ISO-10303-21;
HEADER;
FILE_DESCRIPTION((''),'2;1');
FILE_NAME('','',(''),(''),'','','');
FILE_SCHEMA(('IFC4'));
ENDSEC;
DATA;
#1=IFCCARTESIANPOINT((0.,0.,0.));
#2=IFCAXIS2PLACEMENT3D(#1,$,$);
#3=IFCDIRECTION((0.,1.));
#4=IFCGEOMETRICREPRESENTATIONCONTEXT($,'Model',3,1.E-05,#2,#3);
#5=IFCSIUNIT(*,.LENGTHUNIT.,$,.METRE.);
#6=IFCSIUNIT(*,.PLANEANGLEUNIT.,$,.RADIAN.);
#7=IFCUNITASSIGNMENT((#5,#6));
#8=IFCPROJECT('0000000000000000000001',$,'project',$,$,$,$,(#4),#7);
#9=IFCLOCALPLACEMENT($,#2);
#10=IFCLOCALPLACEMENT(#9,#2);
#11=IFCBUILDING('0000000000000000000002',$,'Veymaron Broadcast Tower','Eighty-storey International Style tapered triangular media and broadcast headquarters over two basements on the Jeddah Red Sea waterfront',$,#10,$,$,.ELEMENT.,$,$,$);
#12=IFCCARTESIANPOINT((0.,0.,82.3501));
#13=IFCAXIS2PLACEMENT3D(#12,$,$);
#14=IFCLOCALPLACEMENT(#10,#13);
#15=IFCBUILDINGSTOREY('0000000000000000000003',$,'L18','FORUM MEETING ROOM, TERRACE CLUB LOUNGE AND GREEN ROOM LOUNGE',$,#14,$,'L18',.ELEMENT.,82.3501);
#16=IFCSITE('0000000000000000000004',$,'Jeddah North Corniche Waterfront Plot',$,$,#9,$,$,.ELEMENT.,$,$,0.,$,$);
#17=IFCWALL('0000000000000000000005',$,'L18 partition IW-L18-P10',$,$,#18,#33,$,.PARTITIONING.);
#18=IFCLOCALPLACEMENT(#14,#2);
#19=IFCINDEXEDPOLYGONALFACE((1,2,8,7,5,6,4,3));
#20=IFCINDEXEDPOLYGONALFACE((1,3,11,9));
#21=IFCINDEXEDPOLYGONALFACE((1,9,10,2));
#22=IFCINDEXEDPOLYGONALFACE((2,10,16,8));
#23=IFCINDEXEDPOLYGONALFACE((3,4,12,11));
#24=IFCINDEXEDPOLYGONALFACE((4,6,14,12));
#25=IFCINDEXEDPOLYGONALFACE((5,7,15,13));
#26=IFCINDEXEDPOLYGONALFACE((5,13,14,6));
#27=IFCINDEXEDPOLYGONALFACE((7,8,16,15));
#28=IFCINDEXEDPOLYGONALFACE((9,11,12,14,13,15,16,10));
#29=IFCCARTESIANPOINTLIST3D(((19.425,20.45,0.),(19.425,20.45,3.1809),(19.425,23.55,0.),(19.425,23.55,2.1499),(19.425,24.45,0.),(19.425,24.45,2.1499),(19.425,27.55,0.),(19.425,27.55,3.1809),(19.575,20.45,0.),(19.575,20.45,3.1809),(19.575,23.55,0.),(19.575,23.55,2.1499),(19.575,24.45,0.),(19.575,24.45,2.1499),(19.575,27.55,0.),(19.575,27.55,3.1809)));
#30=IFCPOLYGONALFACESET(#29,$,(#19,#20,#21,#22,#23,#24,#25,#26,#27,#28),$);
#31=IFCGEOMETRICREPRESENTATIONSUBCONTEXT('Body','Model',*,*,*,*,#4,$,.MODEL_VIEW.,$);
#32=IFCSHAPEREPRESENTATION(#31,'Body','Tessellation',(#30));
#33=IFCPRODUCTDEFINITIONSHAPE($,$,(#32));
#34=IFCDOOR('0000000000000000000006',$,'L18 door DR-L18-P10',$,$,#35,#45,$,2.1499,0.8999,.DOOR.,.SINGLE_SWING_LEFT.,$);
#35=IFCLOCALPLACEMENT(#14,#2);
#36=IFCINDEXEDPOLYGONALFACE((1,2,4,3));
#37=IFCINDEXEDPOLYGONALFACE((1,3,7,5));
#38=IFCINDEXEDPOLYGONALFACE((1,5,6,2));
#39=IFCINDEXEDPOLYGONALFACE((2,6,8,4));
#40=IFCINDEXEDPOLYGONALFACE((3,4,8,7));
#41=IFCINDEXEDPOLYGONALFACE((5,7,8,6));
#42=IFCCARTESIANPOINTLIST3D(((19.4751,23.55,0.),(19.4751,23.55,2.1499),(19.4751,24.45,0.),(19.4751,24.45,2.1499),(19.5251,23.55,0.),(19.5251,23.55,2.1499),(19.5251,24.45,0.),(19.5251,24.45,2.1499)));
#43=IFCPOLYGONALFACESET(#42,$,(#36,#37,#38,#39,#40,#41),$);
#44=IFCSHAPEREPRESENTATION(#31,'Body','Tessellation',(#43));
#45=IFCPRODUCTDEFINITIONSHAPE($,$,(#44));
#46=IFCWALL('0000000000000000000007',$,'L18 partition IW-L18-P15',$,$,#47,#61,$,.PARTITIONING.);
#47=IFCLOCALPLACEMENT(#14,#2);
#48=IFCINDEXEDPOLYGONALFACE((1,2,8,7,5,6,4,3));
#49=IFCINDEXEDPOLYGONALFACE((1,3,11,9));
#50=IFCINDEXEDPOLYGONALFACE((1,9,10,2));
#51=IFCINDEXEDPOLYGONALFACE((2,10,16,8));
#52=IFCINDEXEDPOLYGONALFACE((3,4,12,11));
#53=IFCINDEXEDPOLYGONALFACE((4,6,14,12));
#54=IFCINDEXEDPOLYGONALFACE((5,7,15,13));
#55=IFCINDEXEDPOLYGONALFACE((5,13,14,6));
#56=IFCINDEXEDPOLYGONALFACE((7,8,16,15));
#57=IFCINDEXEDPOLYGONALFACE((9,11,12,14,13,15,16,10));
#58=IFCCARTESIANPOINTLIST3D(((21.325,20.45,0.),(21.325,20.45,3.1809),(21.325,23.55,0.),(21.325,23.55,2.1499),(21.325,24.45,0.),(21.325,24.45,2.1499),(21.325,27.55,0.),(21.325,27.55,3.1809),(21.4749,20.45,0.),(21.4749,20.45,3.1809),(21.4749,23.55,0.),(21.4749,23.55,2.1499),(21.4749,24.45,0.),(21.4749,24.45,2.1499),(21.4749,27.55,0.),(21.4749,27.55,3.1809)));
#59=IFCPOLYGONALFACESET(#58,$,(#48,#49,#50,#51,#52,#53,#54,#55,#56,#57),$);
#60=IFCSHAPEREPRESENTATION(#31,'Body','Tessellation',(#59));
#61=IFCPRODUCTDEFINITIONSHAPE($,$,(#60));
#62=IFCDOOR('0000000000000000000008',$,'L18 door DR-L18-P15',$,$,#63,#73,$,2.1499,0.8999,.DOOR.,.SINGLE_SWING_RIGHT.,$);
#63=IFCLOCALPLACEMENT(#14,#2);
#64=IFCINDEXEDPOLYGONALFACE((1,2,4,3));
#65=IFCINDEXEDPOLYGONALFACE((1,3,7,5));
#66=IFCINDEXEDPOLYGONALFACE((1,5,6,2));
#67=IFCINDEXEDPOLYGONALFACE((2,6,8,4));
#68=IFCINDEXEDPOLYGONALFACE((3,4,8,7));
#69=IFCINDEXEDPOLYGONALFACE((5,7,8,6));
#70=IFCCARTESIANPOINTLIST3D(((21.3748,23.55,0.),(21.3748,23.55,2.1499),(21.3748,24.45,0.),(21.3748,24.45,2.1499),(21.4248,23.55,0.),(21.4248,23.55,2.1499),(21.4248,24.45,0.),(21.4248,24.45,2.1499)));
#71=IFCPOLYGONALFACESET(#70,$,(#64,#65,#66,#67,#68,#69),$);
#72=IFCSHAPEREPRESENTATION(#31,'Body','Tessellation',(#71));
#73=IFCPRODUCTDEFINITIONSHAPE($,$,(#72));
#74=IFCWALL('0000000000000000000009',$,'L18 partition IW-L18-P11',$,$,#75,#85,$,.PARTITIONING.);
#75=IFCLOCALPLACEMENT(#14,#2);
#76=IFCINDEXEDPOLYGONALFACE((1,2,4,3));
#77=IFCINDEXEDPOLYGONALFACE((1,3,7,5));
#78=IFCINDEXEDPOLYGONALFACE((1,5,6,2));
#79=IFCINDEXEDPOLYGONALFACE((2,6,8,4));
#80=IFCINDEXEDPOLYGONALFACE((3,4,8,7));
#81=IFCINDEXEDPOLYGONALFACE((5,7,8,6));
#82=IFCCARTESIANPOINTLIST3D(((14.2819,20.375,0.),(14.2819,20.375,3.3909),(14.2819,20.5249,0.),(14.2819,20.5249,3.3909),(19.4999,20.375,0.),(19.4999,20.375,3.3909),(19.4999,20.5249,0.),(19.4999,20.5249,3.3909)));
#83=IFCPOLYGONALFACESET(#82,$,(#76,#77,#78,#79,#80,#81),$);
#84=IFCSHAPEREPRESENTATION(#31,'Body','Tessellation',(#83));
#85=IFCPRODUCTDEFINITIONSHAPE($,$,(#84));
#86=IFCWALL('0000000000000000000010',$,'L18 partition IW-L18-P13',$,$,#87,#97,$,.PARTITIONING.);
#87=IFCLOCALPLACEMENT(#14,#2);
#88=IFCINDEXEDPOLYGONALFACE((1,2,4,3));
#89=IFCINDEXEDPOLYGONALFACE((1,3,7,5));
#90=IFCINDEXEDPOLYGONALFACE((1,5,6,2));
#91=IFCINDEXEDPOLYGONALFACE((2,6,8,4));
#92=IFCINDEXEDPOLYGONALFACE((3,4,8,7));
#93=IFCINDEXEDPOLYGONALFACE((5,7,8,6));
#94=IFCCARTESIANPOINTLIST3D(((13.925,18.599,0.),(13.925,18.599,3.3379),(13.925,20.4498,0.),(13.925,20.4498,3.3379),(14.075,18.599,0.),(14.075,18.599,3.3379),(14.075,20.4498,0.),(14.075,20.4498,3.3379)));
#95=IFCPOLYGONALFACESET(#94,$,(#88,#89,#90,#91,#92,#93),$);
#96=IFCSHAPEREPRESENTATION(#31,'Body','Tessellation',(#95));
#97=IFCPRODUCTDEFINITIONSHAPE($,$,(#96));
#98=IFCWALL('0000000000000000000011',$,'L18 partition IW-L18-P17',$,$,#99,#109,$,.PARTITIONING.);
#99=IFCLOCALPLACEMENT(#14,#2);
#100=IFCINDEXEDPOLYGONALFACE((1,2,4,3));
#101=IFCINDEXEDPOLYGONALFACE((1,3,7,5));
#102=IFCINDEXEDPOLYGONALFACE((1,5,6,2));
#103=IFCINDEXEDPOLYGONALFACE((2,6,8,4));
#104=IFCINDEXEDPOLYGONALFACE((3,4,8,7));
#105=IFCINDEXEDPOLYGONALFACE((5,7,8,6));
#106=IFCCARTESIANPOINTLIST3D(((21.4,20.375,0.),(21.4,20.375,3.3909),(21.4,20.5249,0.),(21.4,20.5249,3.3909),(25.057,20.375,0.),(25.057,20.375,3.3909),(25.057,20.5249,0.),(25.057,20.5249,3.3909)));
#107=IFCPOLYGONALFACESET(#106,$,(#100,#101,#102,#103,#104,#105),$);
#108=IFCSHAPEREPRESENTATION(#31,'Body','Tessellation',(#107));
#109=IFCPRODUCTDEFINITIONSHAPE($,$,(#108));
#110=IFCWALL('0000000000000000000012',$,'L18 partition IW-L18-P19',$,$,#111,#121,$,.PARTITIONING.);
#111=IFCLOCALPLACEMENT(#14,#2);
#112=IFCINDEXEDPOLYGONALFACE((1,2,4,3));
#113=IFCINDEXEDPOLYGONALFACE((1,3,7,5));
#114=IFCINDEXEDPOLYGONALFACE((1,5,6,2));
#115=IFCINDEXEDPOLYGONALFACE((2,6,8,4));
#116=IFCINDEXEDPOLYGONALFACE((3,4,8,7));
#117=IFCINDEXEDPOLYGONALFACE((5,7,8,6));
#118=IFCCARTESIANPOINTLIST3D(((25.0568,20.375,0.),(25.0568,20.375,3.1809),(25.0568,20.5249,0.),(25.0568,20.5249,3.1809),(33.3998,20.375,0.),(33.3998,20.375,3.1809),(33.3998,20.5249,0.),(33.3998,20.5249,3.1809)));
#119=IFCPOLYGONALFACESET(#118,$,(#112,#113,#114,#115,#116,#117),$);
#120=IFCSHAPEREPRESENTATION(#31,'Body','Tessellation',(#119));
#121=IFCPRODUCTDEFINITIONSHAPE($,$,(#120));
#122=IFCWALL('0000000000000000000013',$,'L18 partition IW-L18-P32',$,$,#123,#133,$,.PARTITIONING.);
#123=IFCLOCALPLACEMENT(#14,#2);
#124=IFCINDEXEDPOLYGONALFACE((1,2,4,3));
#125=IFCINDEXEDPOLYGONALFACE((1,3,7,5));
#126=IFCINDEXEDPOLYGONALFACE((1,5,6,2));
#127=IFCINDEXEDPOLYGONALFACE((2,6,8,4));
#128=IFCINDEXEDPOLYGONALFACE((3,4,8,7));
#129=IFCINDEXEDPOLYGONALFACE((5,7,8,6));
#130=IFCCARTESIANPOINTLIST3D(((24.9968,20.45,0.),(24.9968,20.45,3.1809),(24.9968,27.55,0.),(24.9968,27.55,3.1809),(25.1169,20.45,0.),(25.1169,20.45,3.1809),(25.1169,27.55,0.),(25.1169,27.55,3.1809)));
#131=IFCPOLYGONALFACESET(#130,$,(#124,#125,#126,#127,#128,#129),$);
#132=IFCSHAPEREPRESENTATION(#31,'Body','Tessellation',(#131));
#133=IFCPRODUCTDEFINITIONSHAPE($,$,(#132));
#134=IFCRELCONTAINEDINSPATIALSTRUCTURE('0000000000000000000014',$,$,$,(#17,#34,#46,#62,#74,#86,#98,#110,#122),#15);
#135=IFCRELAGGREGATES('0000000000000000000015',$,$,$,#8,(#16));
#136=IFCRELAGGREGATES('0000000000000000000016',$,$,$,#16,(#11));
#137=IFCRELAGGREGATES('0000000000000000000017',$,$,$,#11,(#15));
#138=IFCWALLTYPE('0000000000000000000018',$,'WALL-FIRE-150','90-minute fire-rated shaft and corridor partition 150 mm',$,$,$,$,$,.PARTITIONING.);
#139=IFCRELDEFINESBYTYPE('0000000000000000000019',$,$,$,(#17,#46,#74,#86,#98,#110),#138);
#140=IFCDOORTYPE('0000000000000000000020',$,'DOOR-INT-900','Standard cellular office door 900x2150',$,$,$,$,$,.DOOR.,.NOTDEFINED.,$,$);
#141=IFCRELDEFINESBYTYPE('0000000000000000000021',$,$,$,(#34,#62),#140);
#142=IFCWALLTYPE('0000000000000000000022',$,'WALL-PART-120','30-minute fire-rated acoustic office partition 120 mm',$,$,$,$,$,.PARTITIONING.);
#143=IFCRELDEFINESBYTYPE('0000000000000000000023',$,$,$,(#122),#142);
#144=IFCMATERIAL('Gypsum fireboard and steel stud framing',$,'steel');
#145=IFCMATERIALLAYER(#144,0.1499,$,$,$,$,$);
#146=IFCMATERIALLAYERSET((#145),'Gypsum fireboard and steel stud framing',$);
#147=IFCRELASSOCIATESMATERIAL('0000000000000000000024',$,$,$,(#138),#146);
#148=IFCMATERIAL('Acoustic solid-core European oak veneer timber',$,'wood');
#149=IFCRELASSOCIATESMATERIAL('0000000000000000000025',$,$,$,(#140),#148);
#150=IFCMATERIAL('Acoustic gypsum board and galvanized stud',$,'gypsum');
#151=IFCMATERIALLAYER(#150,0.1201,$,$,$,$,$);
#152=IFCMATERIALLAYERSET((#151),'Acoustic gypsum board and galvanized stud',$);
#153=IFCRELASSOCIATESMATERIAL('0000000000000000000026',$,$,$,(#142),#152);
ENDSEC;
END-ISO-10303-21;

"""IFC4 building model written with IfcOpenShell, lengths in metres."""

from ifc_helpers import new_model, si_unit, direction, frame, frame_2d, origin, place, context, subcontext, project, spatial, rectangle, extrude, material, layer, layer_set, type_object, element, fill, save


model = new_model("IFC4")

# Units and contexts
model_context = context("Model", 3, precision=1e-05, world=origin(), true_north=direction((0.0, 1.0)))
body_context = subcontext(model_context, "Body", "Model", "MODEL_VIEW")
ifc_project = project(units=[si_unit("LENGTHUNIT", "METRE"), si_unit("PLANEANGLEUNIT", "RADIAN")], contexts=[model_context])

# Site, building, storey
site_placement = place(None, origin())
site = spatial("IfcSite", under=ifc_project, at=site_placement, Name="Jeddah North Corniche Waterfront Plot", CompositionType="ELEMENT", RefElevation=0.0)
building_placement = place(site_placement, origin())
building = spatial("IfcBuilding", under=site, at=building_placement, Name="Veymaron Broadcast Tower", Description="Eighty-storey International Style tapered triangular media and broadcast headquarters over two basements on the Jeddah Red Sea waterfront", CompositionType="ELEMENT")
storey_placement = place(building_placement, frame((0.0, 0.0, 82.3501)))
storey = spatial("IfcBuildingStorey", under=building, at=storey_placement, Name="L18", Description="FORUM MEETING ROOM, TERRACE CLUB LOUNGE AND GREEN ROOM LOUNGE", LongName="L18", CompositionType="ELEMENT", Elevation=82.3501)

# Walls, openings, doors
ifc_material_1 = material(Name="Gypsum fireboard and steel stud framing", Category="steel")
ifc_layer_1 = layer(ifc_material_1, 0.1499)
ifc_layer_set_1 = layer_set([ifc_layer_1], Name="Gypsum fireboard and steel stud framing")
wall_type_1 = type_object("IfcWallType", Name="WALL-FIRE-150", Description="90-minute fire-rated shaft and corridor partition 150 mm", PredefinedType="PARTITIONING", material=ifc_layer_set_1)
ifc_material_2 = material(Name="Acoustic solid-core European oak veneer timber", Category="wood")
door_type = type_object("IfcDoorType", Name="DOOR-INT-900", Description="Standard cellular office door 900x2150", OperationType="NOTDEFINED", PredefinedType="DOOR", material=ifc_material_2)
wall_1_placement = place(storey_placement, frame((19.5, 20.45, 0.0), z_axis=(0.0, 0.0, 1.0), x_axis=(0.0, 1.0, 0.0)))
wall_1 = element("IfcWall", 1, at=wall_1_placement, inside=storey, type_object=wall_type_1, Name="L18 partition IW-L18-P10", PredefinedType="PARTITIONING", context=body_context, shape_type="SweptSolid", body=[
    extrude(rectangle(XDim=7.1001, YDim=0.1499, at=frame_2d((3.55, 0.0))), origin(), (0.0, 0.0, 1.0), 3.1809),
])
opening_1_placement = place(wall_1_placement, frame((3.1001, 0.0, 0.0)))
opening_1 = element("IfcOpeningElement", 2, at=opening_1_placement, cuts=wall_1, PredefinedType="OPENING", context=body_context, shape_type="SweptSolid", body=[
    extrude(rectangle(XDim=0.8999, YDim=2.1499, at=frame_2d((0.45, 1.075))), frame((0.0, 0.085, 0.0), z_axis=(0.0, -1.0, 0.0), x_axis=(1.0, 0.0, 0.0)), (0.0, 0.0, 1.0), 0.1699),
])
door_1_placement = place(opening_1_placement, origin())
door_1 = element("IfcDoor", 3, at=door_1_placement, inside=storey, type_object=door_type, Name="L18 door DR-L18-P10", OperationType="SINGLE_SWING_LEFT", OverallHeight=2.1499, OverallWidth=0.8999, PredefinedType="DOOR", context=body_context, shape_type="SweptSolid", body=[
    extrude(rectangle(XDim=0.8999, YDim=2.1499, at=frame_2d((0.45, 1.075))), frame((0.0, 0.0249, 0.0), z_axis=(0.0, -1.0, 0.0), x_axis=(1.0, 0.0, 0.0)), (0.0, 0.0, 1.0), 0.05),
])
fill(opening_1, door_1)
wall_2_placement = place(storey_placement, frame((21.3999, 20.45, 0.0), z_axis=(0.0, 0.0, 1.0), x_axis=(0.0, 1.0, 0.0)))
wall_2 = element("IfcWall", 4, at=wall_2_placement, inside=storey, type_object=wall_type_1, Name="L18 partition IW-L18-P15", PredefinedType="PARTITIONING", context=body_context, shape_type="SweptSolid", body=[
    extrude(rectangle(XDim=7.1001, YDim=0.1499, at=frame_2d((3.55, 0.0))), origin(), (0.0, 0.0, 1.0), 3.1809),
])
opening_2_placement = place(wall_2_placement, frame((3.1001, 0.0, 0.0)))
opening_2 = element("IfcOpeningElement", 5, at=opening_2_placement, cuts=wall_2, PredefinedType="OPENING", context=body_context, shape_type="SweptSolid", body=[
    extrude(rectangle(XDim=0.8999, YDim=2.1499, at=frame_2d((0.45, 1.075))), frame((0.0, 0.085, 0.0), z_axis=(0.0, -1.0, 0.0), x_axis=(1.0, 0.0, 0.0)), (0.0, 0.0, 1.0), 0.1699),
])
door_2_placement = place(opening_2_placement, frame((0.8999, 0.0, 0.0), z_axis=(0.0, 0.0, 1.0), x_axis=(-1.0, 0.0, 0.0)))
door_2 = element("IfcDoor", 6, at=door_2_placement, inside=storey, type_object=door_type, Name="L18 door DR-L18-P15", OperationType="SINGLE_SWING_RIGHT", OverallHeight=2.1499, OverallWidth=0.8999, PredefinedType="DOOR", context=body_context, shape_type="SweptSolid", body=[
    extrude(rectangle(XDim=0.8999, YDim=2.1499, at=frame_2d((0.45, 1.075))), frame((0.0, 0.0249, 0.0), z_axis=(0.0, -1.0, 0.0), x_axis=(1.0, 0.0, 0.0)), (0.0, 0.0, 1.0), 0.05),
])
fill(opening_2, door_2)

# Walls
wall_3_placement = place(storey_placement, frame((14.282, 20.45, 0.0), z_axis=(0.0, 0.0, 1.0), x_axis=(1.0, 0.0, 0.0)))
element("IfcWall", 7, at=wall_3_placement, inside=storey, type_object=wall_type_1, Name="L18 partition IW-L18-P11", PredefinedType="PARTITIONING", context=body_context, shape_type="SweptSolid", body=[
    extrude(rectangle(XDim=5.218, YDim=0.1499, at=frame_2d((2.6089, 0.0))), origin(), (0.0, 0.0, 1.0), 3.3909),
])
wall_4_placement = place(storey_placement, frame((14.0, 18.5991, 0.0), z_axis=(0.0, 0.0, 1.0), x_axis=(0.0, 1.0, 0.0)))
element("IfcWall", 8, at=wall_4_placement, inside=storey, type_object=wall_type_1, Name="L18 partition IW-L18-P13", PredefinedType="PARTITIONING", context=body_context, shape_type="SweptSolid", body=[
    extrude(rectangle(XDim=1.8508, YDim=0.1499, at=frame_2d((0.9253, 0.0))), origin(), (0.0, 0.0, 1.0), 3.3379),
])
wall_5_placement = place(storey_placement, frame((21.3999, 20.45, 0.0), z_axis=(0.0, 0.0, 1.0), x_axis=(1.0, 0.0, 0.0)))
element("IfcWall", 9, at=wall_5_placement, inside=storey, type_object=wall_type_1, Name="L18 partition IW-L18-P17", PredefinedType="PARTITIONING", context=body_context, shape_type="SweptSolid", body=[
    extrude(rectangle(XDim=3.657, YDim=0.1499, at=frame_2d((1.8286, 0.0))), origin(), (0.0, 0.0, 1.0), 3.3909),
])
wall_6_placement = place(storey_placement, frame((25.0569, 20.45, 0.0), z_axis=(0.0, 0.0, 1.0), x_axis=(1.0, 0.0, 0.0)))
element("IfcWall", 10, at=wall_6_placement, inside=storey, type_object=wall_type_1, Name="L18 partition IW-L18-P19", PredefinedType="PARTITIONING", context=body_context, shape_type="SweptSolid", body=[
    extrude(rectangle(XDim=8.343, YDim=0.1499, at=frame_2d((4.1714, 0.0))), origin(), (0.0, 0.0, 1.0), 3.1809),
])
ifc_material_3 = material(Name="Acoustic gypsum board and galvanized stud", Category="gypsum")
ifc_layer_2 = layer(ifc_material_3, 0.1201)
ifc_layer_set_2 = layer_set([ifc_layer_2], Name="Acoustic gypsum board and galvanized stud")
wall_type_2 = type_object("IfcWallType", Name="WALL-PART-120", Description="30-minute fire-rated acoustic office partition 120 mm", PredefinedType="PARTITIONING", material=ifc_layer_set_2)
wall_7_placement = place(storey_placement, frame((25.0569, 20.45, 0.0), z_axis=(0.0, 0.0, 1.0), x_axis=(0.0, 1.0, 0.0)))
element("IfcWall", 11, at=wall_7_placement, inside=storey, type_object=wall_type_2, Name="L18 partition IW-L18-P32", PredefinedType="PARTITIONING", context=body_context, shape_type="SweptSolid", body=[
    extrude(rectangle(XDim=7.1001, YDim=0.1201, at=frame_2d((3.55, 0.0))), origin(), (0.0, 0.0, 1.0), 3.1809),
])

save(model, "model.ifc")
